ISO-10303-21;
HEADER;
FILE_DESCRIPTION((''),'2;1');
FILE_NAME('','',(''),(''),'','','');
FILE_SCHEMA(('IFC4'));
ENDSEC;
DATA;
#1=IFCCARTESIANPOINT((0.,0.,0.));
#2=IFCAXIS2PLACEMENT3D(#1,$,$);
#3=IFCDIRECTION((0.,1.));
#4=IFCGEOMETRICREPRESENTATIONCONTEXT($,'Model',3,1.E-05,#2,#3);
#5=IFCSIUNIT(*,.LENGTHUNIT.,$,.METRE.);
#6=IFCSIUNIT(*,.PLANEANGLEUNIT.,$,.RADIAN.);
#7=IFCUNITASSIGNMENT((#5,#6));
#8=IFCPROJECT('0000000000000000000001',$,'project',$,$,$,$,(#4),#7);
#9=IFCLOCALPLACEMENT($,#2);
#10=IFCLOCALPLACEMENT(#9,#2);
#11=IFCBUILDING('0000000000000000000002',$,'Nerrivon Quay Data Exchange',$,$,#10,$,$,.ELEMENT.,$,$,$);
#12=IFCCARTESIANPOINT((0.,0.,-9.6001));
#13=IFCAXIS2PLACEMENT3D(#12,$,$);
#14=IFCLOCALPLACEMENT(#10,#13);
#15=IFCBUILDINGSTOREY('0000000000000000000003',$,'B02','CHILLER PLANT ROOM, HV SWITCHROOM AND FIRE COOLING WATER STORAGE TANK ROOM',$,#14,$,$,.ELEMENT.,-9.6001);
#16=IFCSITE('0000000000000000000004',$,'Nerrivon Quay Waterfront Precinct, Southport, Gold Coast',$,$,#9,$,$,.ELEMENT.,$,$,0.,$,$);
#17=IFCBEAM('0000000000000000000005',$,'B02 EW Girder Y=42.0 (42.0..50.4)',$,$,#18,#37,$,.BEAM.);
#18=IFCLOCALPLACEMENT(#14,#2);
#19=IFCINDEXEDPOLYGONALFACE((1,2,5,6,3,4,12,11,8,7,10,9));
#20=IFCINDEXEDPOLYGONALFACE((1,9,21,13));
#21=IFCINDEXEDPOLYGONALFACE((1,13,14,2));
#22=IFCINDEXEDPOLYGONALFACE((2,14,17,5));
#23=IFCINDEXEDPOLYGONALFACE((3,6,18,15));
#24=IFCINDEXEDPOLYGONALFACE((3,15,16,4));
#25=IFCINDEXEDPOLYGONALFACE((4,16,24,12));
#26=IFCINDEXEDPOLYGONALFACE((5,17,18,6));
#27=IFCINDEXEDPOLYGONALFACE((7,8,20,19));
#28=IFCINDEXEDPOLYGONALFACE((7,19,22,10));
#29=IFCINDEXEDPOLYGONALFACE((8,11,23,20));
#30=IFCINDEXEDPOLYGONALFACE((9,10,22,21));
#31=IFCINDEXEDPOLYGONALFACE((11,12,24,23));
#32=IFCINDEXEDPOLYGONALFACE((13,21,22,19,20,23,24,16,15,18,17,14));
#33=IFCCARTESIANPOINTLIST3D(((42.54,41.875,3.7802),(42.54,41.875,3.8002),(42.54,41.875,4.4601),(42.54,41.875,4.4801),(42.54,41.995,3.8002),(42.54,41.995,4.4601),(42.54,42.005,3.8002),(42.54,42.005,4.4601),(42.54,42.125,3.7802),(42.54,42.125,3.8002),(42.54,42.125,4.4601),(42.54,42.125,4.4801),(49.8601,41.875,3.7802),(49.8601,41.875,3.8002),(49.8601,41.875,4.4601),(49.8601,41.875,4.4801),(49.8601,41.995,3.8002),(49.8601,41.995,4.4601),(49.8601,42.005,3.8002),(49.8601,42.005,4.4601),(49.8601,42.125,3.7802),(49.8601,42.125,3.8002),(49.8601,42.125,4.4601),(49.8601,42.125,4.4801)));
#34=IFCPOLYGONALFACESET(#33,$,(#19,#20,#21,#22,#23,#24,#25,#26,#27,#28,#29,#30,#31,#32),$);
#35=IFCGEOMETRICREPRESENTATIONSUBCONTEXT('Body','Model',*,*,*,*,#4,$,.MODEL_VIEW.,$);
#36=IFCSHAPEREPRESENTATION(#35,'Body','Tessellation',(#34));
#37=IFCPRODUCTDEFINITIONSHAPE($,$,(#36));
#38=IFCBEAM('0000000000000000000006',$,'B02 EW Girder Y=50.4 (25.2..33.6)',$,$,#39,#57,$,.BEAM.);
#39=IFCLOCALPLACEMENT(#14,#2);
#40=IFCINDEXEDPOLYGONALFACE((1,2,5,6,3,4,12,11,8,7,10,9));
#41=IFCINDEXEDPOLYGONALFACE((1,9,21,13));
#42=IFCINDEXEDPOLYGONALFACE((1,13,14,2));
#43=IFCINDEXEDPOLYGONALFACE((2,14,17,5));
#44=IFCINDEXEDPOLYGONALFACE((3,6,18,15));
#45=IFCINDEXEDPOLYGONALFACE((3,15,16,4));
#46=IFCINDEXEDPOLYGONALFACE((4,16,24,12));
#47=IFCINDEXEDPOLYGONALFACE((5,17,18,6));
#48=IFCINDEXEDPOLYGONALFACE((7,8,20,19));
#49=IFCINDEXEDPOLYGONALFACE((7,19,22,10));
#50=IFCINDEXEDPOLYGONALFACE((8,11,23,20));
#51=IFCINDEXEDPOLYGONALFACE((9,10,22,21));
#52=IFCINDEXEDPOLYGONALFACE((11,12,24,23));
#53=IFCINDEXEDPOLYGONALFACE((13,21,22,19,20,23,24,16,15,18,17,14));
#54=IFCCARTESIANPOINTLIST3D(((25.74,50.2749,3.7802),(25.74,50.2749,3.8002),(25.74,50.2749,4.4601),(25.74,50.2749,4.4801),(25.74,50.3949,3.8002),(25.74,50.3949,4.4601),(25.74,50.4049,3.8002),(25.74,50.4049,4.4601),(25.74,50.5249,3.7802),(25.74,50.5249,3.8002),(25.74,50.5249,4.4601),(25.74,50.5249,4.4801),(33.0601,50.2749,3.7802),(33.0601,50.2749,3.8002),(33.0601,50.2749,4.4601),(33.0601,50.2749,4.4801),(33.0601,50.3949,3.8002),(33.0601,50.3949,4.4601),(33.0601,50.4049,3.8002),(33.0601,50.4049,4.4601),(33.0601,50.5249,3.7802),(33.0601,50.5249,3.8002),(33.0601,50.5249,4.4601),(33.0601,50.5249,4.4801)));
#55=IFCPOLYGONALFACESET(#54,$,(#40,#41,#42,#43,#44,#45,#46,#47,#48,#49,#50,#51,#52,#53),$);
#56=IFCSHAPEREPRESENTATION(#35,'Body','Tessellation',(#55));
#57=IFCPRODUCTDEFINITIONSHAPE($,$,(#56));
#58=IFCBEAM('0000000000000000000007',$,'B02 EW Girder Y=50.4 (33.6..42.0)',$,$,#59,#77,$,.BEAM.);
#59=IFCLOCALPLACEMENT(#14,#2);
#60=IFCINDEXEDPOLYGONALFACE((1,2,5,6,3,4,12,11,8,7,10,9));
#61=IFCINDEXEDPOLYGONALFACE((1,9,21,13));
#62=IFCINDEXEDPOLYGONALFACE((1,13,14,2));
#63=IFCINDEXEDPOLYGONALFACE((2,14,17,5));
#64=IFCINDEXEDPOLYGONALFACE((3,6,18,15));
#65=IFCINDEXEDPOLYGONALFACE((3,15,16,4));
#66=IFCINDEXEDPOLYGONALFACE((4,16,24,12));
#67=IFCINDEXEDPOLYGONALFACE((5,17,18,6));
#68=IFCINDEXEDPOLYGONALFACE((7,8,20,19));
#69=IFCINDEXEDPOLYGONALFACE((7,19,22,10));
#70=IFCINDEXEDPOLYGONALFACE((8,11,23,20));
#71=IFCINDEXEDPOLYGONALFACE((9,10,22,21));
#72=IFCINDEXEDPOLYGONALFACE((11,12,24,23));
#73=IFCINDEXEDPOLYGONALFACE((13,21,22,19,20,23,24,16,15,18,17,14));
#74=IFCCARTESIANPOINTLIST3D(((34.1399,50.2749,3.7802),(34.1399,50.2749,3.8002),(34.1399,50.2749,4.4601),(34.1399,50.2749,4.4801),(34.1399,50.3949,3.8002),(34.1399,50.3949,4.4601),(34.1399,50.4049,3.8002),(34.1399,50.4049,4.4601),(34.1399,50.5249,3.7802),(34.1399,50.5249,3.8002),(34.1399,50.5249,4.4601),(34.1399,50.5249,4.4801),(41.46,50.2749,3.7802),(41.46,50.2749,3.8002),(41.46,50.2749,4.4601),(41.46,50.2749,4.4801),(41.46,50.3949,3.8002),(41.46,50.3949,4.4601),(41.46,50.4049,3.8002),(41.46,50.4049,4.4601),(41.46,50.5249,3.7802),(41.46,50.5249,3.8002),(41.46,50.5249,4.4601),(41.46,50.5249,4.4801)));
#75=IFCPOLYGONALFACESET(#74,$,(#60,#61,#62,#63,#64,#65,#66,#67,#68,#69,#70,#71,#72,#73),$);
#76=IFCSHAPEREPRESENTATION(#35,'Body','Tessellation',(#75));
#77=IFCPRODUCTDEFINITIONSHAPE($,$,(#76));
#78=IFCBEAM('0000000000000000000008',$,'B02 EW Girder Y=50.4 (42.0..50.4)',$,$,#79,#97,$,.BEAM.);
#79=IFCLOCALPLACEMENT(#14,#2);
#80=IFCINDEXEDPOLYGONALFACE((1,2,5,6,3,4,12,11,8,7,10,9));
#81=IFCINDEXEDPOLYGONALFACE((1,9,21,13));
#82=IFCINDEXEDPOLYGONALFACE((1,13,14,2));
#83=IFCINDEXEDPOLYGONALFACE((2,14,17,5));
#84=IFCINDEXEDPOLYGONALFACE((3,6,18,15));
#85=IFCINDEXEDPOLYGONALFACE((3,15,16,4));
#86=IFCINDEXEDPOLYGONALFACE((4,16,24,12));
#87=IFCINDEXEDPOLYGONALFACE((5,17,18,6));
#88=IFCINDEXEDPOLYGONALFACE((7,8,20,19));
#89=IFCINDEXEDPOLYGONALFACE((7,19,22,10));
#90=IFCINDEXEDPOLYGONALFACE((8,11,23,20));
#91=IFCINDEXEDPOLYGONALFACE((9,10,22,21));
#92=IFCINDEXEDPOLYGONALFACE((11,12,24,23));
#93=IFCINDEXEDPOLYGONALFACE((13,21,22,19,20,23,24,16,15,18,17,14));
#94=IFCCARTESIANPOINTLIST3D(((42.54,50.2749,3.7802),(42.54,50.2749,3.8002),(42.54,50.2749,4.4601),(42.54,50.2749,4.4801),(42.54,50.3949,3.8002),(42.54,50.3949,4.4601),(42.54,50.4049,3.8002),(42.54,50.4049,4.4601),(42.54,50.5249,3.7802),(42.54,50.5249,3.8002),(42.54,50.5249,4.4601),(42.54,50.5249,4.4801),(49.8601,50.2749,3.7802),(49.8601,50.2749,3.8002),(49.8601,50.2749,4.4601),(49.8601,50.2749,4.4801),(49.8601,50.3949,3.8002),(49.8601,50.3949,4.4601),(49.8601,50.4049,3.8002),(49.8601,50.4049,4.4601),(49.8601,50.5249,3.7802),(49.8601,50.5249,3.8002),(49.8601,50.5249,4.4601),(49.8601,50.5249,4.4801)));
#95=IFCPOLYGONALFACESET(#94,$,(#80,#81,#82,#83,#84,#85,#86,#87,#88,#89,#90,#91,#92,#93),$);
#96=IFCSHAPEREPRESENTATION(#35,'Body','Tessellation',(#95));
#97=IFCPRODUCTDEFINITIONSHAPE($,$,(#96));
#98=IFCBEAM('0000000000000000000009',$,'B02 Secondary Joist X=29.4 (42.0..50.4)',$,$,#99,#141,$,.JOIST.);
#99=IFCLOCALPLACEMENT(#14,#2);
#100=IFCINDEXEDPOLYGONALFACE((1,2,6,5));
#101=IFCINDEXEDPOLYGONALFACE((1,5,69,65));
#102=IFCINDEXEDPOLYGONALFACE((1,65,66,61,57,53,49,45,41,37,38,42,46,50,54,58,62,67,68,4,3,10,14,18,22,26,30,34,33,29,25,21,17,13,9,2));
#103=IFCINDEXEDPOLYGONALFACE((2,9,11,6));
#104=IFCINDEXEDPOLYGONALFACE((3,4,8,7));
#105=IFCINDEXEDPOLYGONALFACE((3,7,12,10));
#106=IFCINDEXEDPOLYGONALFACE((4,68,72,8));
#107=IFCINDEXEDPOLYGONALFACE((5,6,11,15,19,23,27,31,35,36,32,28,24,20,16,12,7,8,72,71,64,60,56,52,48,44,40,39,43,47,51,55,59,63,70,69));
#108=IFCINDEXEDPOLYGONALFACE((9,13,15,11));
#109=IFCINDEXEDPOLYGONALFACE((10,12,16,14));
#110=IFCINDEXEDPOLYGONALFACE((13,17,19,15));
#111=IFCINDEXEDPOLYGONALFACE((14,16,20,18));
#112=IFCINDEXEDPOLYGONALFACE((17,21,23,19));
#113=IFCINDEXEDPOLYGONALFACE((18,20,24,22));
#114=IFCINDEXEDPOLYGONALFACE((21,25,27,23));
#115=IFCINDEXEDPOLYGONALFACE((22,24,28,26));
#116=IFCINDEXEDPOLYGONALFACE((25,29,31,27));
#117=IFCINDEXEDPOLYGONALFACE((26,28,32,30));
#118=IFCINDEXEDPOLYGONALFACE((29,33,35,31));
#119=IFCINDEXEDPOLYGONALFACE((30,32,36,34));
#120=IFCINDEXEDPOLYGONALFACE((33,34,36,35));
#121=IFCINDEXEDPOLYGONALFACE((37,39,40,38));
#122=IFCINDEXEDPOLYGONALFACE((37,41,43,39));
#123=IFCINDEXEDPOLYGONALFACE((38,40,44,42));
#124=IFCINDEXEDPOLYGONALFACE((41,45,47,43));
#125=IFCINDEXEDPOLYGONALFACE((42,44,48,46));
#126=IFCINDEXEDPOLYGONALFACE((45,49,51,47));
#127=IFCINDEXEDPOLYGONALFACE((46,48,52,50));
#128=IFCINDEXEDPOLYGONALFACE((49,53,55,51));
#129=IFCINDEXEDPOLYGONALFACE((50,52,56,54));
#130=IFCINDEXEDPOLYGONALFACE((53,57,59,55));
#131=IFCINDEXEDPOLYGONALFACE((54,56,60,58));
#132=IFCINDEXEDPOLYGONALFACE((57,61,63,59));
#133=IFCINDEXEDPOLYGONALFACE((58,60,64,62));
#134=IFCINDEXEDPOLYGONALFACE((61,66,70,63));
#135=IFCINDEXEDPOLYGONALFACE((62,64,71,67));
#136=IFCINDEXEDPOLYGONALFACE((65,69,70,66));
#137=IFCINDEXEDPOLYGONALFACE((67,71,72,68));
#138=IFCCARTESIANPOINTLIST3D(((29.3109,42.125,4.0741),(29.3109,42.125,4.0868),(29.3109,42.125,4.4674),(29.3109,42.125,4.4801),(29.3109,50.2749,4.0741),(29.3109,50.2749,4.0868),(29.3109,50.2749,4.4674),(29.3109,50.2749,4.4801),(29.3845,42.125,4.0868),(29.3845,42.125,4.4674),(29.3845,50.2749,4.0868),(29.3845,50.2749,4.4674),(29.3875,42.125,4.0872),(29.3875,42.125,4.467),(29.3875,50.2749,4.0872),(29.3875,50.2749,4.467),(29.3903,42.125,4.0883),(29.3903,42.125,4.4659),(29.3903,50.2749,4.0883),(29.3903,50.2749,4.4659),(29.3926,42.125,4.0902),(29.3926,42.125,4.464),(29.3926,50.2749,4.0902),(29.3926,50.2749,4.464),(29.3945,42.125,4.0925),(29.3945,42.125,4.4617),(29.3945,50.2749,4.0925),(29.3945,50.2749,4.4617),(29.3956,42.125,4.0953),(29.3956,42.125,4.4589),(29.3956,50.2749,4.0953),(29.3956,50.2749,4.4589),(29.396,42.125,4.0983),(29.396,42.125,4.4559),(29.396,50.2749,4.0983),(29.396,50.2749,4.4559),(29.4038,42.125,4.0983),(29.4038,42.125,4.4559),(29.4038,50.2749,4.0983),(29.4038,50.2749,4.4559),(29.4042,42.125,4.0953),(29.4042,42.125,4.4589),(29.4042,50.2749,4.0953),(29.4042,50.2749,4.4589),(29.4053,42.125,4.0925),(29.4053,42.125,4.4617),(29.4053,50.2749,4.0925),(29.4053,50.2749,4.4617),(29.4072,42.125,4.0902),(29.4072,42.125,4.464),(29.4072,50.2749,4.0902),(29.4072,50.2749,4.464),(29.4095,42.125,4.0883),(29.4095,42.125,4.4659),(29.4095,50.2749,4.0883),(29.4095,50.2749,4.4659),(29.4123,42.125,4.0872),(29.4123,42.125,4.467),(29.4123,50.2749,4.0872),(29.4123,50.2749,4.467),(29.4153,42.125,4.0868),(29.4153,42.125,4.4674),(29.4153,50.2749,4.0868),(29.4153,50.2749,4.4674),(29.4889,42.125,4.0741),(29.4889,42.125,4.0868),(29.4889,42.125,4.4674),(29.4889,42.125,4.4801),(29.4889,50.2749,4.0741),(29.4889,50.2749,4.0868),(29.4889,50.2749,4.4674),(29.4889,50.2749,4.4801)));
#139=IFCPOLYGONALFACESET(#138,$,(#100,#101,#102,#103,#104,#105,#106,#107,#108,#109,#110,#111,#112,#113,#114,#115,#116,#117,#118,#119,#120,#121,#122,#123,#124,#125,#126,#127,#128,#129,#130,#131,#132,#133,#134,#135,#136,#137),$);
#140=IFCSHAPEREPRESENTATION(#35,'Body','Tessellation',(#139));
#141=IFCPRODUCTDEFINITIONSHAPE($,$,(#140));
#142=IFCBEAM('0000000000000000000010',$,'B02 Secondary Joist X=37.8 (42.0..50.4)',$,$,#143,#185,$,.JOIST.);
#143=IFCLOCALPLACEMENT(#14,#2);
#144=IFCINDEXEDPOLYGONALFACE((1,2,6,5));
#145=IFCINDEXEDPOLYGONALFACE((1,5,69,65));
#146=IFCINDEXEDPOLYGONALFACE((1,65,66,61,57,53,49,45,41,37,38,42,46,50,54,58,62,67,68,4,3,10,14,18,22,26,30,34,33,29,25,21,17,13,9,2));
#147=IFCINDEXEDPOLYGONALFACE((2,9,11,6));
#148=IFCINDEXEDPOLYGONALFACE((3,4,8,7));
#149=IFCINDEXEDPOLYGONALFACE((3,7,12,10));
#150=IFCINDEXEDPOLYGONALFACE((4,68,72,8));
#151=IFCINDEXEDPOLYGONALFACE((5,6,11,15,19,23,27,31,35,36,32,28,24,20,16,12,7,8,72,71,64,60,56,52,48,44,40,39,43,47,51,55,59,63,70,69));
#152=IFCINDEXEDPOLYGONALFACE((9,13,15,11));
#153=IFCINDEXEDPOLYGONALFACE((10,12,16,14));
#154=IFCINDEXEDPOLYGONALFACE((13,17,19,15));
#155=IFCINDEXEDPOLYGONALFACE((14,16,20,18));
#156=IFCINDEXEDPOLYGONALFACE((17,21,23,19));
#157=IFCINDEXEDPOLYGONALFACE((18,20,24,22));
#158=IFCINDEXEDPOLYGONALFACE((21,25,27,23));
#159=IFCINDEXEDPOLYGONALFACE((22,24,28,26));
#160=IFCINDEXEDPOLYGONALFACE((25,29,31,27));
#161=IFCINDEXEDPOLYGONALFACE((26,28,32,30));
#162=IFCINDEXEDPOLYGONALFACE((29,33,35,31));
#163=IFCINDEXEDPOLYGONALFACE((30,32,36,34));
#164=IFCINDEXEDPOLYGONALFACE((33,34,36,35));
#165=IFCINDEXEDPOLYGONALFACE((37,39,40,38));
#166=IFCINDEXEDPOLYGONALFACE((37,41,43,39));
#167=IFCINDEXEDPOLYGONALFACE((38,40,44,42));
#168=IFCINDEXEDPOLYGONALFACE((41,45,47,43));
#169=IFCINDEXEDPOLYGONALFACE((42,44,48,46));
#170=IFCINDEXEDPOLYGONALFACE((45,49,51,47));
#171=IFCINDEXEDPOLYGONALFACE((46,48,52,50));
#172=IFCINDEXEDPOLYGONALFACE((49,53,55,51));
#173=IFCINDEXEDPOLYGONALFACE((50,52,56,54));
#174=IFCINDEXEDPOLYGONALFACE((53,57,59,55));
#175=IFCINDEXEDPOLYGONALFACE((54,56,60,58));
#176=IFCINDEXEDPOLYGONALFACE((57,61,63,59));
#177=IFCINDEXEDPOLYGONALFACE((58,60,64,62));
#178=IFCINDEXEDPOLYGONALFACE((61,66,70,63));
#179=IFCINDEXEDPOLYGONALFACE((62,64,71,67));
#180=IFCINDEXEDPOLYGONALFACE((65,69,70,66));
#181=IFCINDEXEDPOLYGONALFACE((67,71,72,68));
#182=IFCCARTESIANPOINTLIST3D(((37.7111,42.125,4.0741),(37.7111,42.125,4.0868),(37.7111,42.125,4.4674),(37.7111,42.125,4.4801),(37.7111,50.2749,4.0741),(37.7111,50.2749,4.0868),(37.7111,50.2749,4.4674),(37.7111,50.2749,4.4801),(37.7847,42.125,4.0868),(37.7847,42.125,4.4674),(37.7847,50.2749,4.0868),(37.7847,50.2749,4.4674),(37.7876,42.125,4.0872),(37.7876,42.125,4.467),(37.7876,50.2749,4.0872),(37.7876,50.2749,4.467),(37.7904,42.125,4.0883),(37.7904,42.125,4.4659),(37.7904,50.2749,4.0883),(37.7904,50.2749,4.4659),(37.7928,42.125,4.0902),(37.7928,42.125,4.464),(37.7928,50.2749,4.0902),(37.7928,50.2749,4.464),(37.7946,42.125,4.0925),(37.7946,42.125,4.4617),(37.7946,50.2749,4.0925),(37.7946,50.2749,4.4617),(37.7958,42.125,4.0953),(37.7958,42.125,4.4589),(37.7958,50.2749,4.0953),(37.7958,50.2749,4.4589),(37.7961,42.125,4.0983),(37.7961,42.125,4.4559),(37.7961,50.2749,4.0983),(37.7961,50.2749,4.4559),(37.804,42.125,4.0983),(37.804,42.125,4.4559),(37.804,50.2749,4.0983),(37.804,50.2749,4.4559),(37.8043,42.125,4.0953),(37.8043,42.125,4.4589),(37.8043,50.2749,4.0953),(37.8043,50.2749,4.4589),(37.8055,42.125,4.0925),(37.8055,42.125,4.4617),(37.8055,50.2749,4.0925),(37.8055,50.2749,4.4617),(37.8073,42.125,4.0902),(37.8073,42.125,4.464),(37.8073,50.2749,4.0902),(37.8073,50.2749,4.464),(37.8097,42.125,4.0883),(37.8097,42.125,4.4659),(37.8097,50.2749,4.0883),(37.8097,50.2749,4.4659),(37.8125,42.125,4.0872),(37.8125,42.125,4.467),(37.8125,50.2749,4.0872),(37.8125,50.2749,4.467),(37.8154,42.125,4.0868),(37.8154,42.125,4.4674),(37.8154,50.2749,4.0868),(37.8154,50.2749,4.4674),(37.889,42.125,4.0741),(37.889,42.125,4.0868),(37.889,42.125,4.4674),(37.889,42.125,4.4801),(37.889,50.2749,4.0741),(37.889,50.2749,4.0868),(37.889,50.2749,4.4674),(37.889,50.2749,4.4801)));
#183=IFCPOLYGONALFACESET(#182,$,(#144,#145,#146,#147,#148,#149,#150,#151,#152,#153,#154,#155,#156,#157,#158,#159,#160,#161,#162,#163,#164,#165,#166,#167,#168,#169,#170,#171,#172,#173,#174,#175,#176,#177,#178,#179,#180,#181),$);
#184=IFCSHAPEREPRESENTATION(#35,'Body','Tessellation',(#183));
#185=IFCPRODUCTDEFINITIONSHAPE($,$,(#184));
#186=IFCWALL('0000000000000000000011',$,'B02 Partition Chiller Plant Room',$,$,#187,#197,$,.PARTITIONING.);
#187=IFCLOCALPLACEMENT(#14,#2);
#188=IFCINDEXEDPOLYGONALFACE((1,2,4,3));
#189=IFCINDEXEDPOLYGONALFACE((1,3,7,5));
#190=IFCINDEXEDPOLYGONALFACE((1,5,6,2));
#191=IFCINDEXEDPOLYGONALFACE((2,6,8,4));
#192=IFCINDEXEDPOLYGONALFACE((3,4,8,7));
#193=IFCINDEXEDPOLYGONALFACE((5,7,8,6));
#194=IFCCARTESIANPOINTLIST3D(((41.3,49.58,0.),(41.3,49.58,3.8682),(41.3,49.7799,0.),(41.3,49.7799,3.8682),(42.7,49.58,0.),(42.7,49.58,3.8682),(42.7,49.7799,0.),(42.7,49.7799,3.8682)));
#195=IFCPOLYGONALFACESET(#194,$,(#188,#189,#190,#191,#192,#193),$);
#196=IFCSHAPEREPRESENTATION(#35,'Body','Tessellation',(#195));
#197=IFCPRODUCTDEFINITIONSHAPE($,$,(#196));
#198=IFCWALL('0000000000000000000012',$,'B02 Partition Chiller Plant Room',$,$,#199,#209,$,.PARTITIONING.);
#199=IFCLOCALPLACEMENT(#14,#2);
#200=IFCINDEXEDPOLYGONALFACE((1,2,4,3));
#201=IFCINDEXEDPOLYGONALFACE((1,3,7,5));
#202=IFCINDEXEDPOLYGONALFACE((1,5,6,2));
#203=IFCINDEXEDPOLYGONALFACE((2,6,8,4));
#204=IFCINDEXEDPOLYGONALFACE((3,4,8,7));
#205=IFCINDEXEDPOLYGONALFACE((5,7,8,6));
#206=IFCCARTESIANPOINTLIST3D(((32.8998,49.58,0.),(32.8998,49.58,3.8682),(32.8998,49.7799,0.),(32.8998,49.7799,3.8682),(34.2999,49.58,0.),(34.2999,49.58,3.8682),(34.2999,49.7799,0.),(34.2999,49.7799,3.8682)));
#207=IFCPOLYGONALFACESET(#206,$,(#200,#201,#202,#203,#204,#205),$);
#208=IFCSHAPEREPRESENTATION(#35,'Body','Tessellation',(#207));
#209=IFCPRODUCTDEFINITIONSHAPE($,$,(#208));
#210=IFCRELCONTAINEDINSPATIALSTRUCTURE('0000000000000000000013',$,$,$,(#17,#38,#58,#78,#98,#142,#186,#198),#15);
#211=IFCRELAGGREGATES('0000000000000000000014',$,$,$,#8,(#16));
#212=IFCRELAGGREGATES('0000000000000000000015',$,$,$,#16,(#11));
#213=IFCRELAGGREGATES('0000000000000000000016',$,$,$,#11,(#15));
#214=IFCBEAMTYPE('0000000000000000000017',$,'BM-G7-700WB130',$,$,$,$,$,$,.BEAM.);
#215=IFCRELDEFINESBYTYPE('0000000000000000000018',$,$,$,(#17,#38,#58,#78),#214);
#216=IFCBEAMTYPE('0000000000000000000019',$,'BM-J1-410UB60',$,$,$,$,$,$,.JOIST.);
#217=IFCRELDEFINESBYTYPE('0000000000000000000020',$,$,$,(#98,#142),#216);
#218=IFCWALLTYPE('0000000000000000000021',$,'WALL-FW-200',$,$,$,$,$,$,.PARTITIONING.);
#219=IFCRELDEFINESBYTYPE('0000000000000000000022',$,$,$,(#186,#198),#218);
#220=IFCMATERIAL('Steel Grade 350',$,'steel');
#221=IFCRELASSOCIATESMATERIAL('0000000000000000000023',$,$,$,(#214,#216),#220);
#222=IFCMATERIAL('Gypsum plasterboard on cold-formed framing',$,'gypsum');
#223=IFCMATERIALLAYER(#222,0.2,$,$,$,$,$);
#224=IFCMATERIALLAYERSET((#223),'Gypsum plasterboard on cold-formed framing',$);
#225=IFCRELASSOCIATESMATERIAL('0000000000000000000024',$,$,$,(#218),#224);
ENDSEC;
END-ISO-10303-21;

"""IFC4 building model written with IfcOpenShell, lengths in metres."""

from ifc_helpers import new_model, si_unit, direction, frame, frame_2d, origin, origin_2d, place, context, subcontext, project, spatial, rectangle, i_section, extrude, material, layer, layer_set, material_profile, profile_set, type_object, element, save


model = new_model("IFC4")

# Units and contexts
model_context = context("Model", 3, precision=1e-05, world=origin(), true_north=direction((0.0, 1.0)))
body_context = subcontext(model_context, "Body", "Model", "MODEL_VIEW")
ifc_project = project(units=[si_unit("LENGTHUNIT", "METRE"), si_unit("PLANEANGLEUNIT", "RADIAN")], contexts=[model_context])

# Site, building, storey
site_placement = place(None, origin())
site = spatial("IfcSite", under=ifc_project, at=site_placement, Name="Nerrivon Quay Waterfront Precinct, Southport, Gold Coast", CompositionType="ELEMENT", RefElevation=0.0)
building_placement = place(site_placement, origin())
building = spatial("IfcBuilding", under=site, at=building_placement, Name="Nerrivon Quay Data Exchange", CompositionType="ELEMENT")
storey_placement = place(building_placement, frame((0.0, 0.0, -9.6001)))
storey = spatial("IfcBuildingStorey", under=building, at=storey_placement, Name="B02", Description="CHILLER PLANT ROOM, HV SWITCHROOM AND FIRE COOLING WATER STORAGE TANK ROOM", CompositionType="ELEMENT", Elevation=-9.6001)

# Beams
ifc_material_1 = material(Name="Steel Grade 350", Category="steel")
ifc_material_profile_1 = material_profile(ifc_material_1, i_section(OverallWidth=0.25, OverallDepth=0.7, WebThickness=0.01, FlangeThickness=0.02, at=origin_2d()), Name="700WB130")
ifc_profile_set_1 = profile_set([ifc_material_profile_1], Name="Steel Grade 350")
beam_type_1 = type_object("IfcBeamType", Name="BM-G7-700WB130", PredefinedType="BEAM", material=ifc_profile_set_1)
for number, where, z_axis, x_axis, name in (
    (1, (42.54, 42.0, 4.1301), (1.0, 0.0, 0.0), (0.0, 1.0, 0.0), "B02 EW Girder Y=42.0 (42.0..50.4)"),
    (2, (25.74, 50.3999, 4.1301), (1.0, 0.0, 0.0), (0.0, 1.0, 0.0), "B02 EW Girder Y=50.4 (25.2..33.6)"),
    (3, (34.1399, 50.3999, 4.1301), (1.0, 0.0, 0.0), (0.0, 1.0, 0.0), "B02 EW Girder Y=50.4 (33.6..42.0)"),
    (4, (42.54, 50.3999, 4.1301), (1.0, 0.0, 0.0), (0.0, 1.0, 0.0), "B02 EW Girder Y=50.4 (42.0..50.4)"),
):
    element("IfcBeam", number, at=place(storey_placement, frame(where, z_axis=z_axis, x_axis=x_axis)), inside=storey, type_object=beam_type_1, Name=name, PredefinedType="BEAM", context=body_context, shape_type="SweptSolid", body=[
        extrude(i_section(OverallWidth=0.25, OverallDepth=0.7, WebThickness=0.01, FlangeThickness=0.02, at=origin_2d()), origin(), (0.0, 0.0, 1.0), 7.3201),
    ])
ifc_material_profile_2 = material_profile(ifc_material_1, i_section(OverallWidth=0.178, OverallDepth=0.406, WebThickness=0.0078, FlangeThickness=0.0127, FilletRadius=0.0115, at=origin_2d()), Name="410UB59.7")
ifc_profile_set_2 = profile_set([ifc_material_profile_2], Name="Steel Grade 350")
beam_type_2 = type_object("IfcBeamType", Name="BM-J1-410UB60", PredefinedType="JOIST", material=ifc_profile_set_2)
for number, where, z_axis, x_axis, name in (
    (5, (29.3999, 42.125, 4.2771), (0.0, 1.0, 0.0), (-1.0, 0.0, 0.0), "B02 Secondary Joist X=29.4 (42.0..50.4)"),
    (6, (37.8, 42.125, 4.2771), (0.0, 1.0, 0.0), (-1.0, 0.0, 0.0), "B02 Secondary Joist X=37.8 (42.0..50.4)"),
):
    element("IfcBeam", number, at=place(storey_placement, frame(where, z_axis=z_axis, x_axis=x_axis)), inside=storey, type_object=beam_type_2, Name=name, PredefinedType="JOIST", context=body_context, shape_type="SweptSolid", body=[
        extrude(i_section(OverallWidth=0.178, OverallDepth=0.406, WebThickness=0.0078, FlangeThickness=0.0127, FilletRadius=0.0115, at=origin_2d()), origin(), (0.0, 0.0, 1.0), 8.1499),
    ])

# Walls
ifc_material_2 = material(Name="Gypsum plasterboard on cold-formed framing", Category="gypsum")
ifc_layer = layer(ifc_material_2, 0.2)
ifc_layer_set = layer_set([ifc_layer], Name="Gypsum plasterboard on cold-formed framing")
wall_type = type_object("IfcWallType", Name="WALL-FW-200", PredefinedType="PARTITIONING", material=ifc_layer_set)
wall_1_placement = place(storey_placement, frame((42.7, 49.6799, 0.0), z_axis=(0.0, 0.0, 1.0), x_axis=(-1.0, 0.0, 0.0)))
element("IfcWall", 7, at=wall_1_placement, inside=storey, type_object=wall_type, Name="B02 Partition Chiller Plant Room", PredefinedType="PARTITIONING", context=body_context, shape_type="SweptSolid", body=[
    extrude(rectangle(XDim=1.3999, YDim=0.2, at=frame_2d((0.7, 0.0))), origin(), (0.0, 0.0, 1.0), 3.8682),
])
wall_2_placement = place(storey_placement, frame((34.3, 49.6799, 0.0), z_axis=(0.0, 0.0, 1.0), x_axis=(-1.0, 0.0, 0.0)))
element("IfcWall", 8, at=wall_2_placement, inside=storey, type_object=wall_type, Name="B02 Partition Chiller Plant Room", PredefinedType="PARTITIONING", context=body_context, shape_type="SweptSolid", body=[
    extrude(rectangle(XDim=1.4001, YDim=0.2, at=frame_2d((0.7002, 0.0))), origin(), (0.0, 0.0, 1.0), 3.8682),
])

save(model, "model.ifc")
